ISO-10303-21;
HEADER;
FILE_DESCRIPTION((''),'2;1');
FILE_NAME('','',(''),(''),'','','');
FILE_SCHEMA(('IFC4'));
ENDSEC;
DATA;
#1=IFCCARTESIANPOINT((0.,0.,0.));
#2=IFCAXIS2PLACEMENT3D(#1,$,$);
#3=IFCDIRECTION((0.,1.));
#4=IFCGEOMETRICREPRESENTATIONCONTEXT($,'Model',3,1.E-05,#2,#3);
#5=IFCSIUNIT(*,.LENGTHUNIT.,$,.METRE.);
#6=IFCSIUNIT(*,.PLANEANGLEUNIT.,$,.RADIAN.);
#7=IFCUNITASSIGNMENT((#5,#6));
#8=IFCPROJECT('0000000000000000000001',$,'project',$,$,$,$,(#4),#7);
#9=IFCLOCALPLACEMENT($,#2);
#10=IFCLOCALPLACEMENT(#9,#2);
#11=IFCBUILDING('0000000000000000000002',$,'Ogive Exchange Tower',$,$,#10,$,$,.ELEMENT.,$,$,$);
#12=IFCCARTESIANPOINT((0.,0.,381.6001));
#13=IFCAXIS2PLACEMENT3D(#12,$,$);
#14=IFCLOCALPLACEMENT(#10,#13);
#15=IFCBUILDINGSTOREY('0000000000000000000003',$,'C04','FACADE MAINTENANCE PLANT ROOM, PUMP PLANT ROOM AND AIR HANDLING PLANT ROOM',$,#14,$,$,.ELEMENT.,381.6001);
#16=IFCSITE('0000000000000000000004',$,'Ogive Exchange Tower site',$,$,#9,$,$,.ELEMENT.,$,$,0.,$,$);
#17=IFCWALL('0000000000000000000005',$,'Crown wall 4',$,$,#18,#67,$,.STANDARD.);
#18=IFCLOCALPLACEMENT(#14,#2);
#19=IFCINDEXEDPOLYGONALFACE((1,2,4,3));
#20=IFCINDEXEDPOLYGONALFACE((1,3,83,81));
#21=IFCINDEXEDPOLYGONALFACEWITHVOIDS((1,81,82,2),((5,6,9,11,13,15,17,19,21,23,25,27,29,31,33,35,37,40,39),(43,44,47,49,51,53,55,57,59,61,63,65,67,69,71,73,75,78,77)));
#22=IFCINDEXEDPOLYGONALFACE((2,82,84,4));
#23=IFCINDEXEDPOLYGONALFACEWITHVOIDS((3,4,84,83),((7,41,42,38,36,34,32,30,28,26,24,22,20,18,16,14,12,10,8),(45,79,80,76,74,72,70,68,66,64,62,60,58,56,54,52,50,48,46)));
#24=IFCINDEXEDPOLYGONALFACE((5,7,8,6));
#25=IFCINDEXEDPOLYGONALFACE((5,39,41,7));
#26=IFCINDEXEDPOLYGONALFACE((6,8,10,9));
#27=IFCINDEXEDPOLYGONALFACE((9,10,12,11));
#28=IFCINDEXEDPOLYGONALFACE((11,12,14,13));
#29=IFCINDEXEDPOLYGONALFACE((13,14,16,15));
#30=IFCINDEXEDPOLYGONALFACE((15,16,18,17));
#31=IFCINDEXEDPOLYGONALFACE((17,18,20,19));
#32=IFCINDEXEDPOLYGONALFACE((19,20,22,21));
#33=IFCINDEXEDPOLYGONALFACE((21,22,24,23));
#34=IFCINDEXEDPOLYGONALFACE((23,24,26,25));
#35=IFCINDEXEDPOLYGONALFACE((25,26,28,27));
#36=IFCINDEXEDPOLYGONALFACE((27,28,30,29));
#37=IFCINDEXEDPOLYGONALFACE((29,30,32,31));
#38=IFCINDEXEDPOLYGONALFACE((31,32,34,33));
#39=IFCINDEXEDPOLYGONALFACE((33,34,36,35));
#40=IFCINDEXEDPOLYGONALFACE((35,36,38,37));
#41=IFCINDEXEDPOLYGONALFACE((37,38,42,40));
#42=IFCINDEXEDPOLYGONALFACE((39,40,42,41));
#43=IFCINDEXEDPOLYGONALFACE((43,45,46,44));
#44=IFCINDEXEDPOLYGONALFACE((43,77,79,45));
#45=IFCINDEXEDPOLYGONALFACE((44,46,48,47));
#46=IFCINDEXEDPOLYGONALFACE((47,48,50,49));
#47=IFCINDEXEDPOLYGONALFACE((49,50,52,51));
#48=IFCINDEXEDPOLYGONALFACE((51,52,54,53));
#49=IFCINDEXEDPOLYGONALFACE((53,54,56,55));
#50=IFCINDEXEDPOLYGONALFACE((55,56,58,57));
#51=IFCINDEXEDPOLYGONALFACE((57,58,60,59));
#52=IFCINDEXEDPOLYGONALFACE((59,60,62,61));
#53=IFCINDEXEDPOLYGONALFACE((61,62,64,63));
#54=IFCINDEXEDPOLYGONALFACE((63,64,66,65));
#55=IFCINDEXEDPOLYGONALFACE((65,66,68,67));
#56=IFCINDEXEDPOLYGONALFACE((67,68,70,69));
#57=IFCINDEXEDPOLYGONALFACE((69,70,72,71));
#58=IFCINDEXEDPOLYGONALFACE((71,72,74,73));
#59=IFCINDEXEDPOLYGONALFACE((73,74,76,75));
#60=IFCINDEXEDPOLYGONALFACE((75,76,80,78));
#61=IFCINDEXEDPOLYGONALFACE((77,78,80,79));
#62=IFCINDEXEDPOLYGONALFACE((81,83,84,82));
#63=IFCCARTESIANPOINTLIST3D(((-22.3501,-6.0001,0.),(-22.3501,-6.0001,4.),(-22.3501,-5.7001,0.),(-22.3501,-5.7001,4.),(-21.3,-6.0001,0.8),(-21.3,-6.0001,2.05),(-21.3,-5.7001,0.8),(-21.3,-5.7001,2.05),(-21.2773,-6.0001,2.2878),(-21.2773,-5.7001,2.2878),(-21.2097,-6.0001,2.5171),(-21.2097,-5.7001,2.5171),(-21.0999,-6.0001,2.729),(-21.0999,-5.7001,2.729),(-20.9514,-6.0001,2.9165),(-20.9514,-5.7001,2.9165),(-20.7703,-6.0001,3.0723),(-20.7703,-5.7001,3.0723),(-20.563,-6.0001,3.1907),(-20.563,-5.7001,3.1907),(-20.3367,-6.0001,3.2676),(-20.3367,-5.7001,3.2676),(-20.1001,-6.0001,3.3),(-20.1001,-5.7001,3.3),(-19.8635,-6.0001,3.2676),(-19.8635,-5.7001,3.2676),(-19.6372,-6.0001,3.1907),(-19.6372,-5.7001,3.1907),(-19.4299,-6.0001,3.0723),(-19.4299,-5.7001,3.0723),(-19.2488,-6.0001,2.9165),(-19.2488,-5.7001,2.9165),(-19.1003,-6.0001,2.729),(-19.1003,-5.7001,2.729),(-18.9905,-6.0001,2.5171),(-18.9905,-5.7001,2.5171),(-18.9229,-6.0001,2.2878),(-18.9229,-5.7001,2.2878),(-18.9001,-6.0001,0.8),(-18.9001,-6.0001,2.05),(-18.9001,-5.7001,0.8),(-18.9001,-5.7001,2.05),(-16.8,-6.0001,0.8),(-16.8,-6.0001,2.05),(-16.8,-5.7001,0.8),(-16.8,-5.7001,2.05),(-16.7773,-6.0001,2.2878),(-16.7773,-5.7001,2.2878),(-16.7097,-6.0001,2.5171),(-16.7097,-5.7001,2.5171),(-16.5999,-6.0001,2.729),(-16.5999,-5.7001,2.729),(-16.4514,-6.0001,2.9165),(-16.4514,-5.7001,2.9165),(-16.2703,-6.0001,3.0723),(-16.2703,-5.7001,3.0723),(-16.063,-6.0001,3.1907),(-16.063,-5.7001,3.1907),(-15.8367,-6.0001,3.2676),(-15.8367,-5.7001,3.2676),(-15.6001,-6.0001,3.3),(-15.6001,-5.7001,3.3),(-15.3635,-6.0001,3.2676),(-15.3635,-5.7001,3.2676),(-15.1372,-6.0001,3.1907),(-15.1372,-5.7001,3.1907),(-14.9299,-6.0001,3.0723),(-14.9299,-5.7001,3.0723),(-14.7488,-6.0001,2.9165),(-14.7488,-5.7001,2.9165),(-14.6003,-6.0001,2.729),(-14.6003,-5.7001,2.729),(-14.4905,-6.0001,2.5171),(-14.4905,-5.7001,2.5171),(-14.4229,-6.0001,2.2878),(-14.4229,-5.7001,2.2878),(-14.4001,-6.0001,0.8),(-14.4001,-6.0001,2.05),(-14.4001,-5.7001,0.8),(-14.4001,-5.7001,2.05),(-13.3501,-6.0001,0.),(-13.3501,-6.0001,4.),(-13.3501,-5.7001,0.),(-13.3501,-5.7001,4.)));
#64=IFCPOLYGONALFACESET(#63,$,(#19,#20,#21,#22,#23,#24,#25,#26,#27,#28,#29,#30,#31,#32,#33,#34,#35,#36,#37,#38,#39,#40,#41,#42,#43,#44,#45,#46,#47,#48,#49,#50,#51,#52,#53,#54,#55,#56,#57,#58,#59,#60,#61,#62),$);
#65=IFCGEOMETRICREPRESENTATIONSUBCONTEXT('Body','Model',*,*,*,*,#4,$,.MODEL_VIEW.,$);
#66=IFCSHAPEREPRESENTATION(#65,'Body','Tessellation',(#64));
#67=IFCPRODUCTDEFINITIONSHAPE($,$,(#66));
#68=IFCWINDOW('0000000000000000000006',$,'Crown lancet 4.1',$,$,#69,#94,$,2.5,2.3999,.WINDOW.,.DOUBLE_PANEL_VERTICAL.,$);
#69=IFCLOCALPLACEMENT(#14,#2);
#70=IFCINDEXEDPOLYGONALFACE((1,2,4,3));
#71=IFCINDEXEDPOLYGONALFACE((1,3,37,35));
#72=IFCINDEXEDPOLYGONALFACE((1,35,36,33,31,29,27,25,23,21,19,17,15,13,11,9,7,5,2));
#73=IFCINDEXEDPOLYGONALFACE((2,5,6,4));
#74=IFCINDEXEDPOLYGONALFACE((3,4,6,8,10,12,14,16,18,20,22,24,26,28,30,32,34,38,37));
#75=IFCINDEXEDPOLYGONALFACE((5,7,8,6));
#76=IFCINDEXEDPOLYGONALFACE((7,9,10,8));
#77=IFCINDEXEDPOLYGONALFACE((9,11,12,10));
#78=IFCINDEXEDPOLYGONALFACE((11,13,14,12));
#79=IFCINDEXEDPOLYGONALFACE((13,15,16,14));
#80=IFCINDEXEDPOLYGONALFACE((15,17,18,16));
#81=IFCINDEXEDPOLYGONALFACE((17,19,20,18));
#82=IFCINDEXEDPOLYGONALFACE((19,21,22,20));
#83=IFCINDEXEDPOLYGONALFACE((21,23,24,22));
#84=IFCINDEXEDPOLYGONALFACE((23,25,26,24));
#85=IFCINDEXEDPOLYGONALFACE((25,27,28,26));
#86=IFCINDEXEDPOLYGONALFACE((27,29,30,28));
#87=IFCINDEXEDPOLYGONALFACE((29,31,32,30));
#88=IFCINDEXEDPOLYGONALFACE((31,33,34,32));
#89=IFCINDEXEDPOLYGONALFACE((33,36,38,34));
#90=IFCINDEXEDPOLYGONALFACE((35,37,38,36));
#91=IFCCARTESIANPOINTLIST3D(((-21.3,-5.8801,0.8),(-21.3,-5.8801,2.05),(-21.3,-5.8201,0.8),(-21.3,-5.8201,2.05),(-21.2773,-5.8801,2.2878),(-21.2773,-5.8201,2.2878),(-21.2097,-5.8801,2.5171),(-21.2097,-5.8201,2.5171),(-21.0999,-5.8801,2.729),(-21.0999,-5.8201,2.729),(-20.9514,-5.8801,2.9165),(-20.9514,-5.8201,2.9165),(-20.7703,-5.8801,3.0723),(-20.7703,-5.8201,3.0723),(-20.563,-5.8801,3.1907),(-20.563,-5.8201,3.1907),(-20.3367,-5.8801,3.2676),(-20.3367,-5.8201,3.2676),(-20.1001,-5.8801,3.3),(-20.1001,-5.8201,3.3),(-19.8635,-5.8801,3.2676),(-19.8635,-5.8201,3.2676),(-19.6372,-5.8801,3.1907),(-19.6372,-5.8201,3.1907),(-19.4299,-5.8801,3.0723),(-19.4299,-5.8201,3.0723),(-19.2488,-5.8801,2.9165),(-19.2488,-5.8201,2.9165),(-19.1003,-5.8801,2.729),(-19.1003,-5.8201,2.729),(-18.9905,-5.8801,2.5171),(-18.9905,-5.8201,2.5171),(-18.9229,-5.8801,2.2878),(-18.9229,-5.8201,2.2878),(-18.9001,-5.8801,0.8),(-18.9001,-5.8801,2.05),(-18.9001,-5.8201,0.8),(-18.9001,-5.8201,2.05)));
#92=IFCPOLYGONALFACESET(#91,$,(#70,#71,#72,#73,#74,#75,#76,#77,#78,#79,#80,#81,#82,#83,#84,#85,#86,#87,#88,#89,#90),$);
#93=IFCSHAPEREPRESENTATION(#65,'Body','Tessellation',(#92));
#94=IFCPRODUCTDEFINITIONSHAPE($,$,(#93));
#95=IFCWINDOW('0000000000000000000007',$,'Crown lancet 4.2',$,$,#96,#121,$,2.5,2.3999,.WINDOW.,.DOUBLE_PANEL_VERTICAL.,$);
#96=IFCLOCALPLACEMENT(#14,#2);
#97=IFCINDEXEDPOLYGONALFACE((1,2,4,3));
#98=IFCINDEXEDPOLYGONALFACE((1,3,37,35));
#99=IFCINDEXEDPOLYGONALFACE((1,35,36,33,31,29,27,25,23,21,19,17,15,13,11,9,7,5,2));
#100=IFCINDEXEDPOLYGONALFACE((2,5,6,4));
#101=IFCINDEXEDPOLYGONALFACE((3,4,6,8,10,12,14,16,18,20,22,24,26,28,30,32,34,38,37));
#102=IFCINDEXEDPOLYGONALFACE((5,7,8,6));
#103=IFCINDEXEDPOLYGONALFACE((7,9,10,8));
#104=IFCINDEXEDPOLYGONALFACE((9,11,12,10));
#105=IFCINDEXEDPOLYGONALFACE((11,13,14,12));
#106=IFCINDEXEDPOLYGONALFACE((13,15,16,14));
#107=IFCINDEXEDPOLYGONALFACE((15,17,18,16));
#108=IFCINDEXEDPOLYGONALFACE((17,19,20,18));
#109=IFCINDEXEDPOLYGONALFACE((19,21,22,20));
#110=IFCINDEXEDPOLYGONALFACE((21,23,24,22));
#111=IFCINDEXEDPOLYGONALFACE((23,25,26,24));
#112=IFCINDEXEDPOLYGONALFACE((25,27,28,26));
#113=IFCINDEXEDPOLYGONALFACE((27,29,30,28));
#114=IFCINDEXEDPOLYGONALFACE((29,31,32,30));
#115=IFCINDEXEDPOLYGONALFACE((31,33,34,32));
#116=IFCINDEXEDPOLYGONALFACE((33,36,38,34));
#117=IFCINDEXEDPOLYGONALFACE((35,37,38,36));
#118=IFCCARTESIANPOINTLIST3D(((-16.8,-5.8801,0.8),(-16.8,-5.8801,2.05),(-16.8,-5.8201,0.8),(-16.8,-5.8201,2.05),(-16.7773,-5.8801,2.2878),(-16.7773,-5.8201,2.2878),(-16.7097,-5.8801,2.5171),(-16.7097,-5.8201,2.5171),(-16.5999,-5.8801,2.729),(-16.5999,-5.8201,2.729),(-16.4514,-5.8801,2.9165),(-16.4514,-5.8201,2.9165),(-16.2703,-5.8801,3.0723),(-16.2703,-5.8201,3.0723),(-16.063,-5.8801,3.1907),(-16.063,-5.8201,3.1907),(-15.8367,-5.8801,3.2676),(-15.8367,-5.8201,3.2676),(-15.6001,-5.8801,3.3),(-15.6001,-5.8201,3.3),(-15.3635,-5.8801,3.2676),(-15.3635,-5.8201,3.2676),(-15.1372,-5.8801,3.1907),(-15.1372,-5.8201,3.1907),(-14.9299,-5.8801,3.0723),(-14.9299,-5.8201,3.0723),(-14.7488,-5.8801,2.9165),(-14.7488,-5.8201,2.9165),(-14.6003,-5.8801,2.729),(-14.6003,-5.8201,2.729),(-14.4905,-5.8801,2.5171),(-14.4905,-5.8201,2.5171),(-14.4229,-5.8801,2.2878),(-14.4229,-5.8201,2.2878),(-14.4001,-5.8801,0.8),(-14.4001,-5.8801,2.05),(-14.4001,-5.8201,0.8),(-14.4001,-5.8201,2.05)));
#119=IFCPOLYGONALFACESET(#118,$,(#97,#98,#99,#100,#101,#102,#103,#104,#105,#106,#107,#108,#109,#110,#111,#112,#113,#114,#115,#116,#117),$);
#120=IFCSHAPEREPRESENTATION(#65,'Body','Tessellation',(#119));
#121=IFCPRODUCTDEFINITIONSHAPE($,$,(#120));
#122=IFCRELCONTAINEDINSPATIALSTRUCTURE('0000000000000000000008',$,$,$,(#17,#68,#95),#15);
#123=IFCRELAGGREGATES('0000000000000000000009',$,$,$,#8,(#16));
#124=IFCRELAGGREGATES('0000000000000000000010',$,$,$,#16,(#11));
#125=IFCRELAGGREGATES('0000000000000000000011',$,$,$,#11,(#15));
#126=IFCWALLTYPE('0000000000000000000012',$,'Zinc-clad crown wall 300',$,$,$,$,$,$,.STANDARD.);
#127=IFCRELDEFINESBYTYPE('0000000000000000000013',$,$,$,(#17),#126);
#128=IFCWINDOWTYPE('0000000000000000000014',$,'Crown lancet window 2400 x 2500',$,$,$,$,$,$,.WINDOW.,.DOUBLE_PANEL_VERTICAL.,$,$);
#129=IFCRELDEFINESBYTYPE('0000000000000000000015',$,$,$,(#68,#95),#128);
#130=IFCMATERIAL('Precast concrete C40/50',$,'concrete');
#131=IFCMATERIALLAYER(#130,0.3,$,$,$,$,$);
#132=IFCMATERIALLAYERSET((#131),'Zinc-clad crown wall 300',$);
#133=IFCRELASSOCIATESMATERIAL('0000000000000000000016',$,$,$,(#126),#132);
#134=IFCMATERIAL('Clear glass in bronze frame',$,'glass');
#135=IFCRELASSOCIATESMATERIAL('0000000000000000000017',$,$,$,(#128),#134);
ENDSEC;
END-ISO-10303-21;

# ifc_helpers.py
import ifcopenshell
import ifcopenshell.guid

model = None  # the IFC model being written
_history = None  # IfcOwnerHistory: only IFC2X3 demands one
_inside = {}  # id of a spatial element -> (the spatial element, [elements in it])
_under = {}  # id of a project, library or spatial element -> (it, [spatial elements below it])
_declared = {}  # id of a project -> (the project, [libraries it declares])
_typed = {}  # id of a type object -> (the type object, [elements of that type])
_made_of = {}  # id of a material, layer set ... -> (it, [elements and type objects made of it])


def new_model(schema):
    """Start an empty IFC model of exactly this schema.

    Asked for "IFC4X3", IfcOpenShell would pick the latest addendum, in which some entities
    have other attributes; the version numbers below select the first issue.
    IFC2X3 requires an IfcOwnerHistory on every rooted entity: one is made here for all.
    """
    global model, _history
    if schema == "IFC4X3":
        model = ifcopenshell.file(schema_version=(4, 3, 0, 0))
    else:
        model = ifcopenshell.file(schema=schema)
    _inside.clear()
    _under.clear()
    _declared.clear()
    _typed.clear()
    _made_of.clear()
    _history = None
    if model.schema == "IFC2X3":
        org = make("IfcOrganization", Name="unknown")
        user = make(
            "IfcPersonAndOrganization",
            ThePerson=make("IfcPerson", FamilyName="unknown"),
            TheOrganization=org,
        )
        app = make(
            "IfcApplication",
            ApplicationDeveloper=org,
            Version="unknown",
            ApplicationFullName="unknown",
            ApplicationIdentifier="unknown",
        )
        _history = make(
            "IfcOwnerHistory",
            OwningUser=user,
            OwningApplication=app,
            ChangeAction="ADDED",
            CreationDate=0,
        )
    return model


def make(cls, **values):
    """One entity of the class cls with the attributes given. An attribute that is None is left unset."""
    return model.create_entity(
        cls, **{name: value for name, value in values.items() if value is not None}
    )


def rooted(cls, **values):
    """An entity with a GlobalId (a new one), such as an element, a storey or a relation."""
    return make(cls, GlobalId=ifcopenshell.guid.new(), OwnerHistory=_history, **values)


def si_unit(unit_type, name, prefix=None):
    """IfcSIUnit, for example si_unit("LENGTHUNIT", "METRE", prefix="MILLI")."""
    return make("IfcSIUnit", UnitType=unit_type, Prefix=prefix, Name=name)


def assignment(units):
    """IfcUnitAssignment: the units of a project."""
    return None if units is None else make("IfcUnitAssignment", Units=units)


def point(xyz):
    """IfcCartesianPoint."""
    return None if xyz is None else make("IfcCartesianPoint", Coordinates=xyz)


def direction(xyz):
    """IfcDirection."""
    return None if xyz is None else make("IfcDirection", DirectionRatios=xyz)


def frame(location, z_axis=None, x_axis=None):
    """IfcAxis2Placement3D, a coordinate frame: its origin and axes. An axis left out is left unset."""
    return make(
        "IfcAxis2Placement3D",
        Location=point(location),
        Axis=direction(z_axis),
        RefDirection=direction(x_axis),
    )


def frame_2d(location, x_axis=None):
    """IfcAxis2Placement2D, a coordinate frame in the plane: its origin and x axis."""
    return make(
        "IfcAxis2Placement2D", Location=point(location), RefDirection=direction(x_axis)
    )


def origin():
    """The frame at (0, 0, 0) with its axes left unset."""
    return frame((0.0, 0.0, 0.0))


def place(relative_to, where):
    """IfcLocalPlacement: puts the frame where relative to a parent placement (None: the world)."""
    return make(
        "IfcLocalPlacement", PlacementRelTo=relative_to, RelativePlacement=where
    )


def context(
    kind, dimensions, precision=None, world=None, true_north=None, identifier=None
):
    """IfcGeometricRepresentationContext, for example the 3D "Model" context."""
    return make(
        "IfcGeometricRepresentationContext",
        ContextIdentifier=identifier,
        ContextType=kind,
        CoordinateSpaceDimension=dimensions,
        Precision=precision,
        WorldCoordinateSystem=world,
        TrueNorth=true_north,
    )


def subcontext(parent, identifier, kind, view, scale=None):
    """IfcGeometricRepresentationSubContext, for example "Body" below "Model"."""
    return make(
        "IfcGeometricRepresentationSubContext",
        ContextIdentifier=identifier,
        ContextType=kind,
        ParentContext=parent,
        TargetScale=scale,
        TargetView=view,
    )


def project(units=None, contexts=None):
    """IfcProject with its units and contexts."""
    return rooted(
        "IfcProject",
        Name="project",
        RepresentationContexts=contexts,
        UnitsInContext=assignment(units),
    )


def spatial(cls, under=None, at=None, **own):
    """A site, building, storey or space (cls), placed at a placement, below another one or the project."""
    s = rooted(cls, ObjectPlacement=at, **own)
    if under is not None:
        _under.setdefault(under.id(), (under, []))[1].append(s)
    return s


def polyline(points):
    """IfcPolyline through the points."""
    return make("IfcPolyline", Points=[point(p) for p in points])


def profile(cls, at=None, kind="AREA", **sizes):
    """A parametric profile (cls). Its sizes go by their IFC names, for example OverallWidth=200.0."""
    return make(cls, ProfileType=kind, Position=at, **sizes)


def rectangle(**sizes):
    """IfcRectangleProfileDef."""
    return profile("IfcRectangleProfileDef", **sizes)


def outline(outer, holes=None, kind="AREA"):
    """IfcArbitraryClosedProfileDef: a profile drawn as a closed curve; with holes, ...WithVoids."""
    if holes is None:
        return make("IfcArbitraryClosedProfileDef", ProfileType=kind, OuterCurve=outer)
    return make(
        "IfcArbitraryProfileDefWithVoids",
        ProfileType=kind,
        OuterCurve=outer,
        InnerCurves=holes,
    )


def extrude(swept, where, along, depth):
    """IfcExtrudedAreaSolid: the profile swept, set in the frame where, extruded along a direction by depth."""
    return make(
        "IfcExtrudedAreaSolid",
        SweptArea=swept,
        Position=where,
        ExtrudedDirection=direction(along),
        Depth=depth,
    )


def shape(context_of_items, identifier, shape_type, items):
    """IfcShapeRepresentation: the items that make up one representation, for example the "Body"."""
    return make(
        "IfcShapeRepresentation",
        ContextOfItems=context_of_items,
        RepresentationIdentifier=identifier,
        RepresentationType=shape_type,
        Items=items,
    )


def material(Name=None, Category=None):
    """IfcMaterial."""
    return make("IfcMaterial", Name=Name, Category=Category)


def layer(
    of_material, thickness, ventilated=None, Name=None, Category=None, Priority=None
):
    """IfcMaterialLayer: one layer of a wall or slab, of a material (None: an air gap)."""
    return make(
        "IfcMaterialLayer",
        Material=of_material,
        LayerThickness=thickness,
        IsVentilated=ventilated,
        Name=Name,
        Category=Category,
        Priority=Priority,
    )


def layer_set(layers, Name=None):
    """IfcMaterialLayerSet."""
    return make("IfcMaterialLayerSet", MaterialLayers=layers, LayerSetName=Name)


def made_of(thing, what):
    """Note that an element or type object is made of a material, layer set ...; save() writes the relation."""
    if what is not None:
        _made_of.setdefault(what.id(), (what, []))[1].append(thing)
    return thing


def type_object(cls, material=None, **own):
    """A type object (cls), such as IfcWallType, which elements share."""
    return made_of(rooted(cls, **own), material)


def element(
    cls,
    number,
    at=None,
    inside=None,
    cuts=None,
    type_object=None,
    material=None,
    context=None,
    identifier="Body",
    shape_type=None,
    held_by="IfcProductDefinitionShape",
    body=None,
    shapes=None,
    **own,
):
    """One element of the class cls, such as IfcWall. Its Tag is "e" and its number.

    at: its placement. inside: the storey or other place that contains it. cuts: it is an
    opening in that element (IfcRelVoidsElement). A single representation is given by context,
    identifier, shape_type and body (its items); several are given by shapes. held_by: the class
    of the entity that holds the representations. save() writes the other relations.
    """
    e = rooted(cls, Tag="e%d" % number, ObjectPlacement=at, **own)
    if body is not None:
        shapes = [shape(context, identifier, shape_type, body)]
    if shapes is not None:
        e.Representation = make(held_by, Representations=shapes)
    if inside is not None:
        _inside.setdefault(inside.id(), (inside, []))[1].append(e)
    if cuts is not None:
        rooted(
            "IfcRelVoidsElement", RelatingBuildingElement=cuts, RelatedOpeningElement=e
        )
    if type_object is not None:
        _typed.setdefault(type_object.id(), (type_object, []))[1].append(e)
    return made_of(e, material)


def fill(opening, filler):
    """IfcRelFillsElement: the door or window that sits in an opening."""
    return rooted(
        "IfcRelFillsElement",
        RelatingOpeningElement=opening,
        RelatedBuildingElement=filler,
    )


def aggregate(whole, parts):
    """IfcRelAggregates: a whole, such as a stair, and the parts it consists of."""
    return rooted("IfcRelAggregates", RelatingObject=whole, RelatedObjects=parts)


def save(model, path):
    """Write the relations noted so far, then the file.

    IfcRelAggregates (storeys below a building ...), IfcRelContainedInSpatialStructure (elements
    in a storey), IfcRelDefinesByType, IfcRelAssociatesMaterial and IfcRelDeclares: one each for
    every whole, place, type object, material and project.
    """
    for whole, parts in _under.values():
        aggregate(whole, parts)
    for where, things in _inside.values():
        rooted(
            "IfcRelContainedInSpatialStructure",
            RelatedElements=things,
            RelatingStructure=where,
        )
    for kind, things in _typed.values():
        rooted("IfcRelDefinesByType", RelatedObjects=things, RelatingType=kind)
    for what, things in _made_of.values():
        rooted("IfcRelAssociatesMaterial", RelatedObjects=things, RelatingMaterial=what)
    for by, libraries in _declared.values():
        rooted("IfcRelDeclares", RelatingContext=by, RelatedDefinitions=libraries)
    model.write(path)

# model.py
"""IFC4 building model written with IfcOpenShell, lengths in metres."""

from ifc_helpers import new_model, si_unit, direction, frame, frame_2d, origin, place, context, subcontext, project, spatial, polyline, rectangle, outline, extrude, material, layer, layer_set, type_object, element, fill, save


model = new_model("IFC4")

# Units and contexts
model_context = context("Model", 3, precision=1e-05, world=origin(), true_north=direction((0.0, 1.0)))
body_context = subcontext(model_context, "Body", "Model", "MODEL_VIEW")
ifc_project = project(units=[si_unit("LENGTHUNIT", "METRE"), si_unit("PLANEANGLEUNIT", "RADIAN")], contexts=[model_context])

# Site, building, storey
site_placement = place(None, origin())
site = spatial("IfcSite", under=ifc_project, at=site_placement, Name="Ogive Exchange Tower site", CompositionType="ELEMENT", RefElevation=0.0)
building_placement = place(site_placement, origin())
building = spatial("IfcBuilding", under=site, at=building_placement, Name="Ogive Exchange Tower", CompositionType="ELEMENT")
storey_placement = place(building_placement, frame((0.0, 0.0, 381.6001)))
storey = spatial("IfcBuildingStorey", under=building, at=storey_placement, Name="C04", Description="FACADE MAINTENANCE PLANT ROOM, PUMP PLANT ROOM AND AIR HANDLING PLANT ROOM", CompositionType="ELEMENT", Elevation=381.6001)

# Shared definitions
ifc_material_1 = material(Name="Precast concrete C40/50", Category="concrete")
ifc_layer_1 = layer(ifc_material_1, 0.3)
ifc_layer_set_1 = layer_set([ifc_layer_1], Name="Zinc-clad crown wall 300")
wall_type_1 = type_object("IfcWallType", Name="Zinc-clad crown wall 300", PredefinedType="STANDARD", material=ifc_layer_set_1)

# Wall, openings, windows
wall_1_placement = place(storey_placement, frame((-22.3501, -5.8501, 0.0), z_axis=(0.0, 0.0, 1.0), x_axis=(1.0, 0.0, 0.0)))
wall_1 = element("IfcWall", 1, at=wall_1_placement, inside=storey, type_object=wall_type_1, Name="Crown wall 4", PredefinedType="STANDARD", context=body_context, shape_type="SweptSolid", body=[
    extrude(rectangle(XDim=9.0, YDim=0.3, at=frame_2d((4.5, 0.0))), origin(), (0.0, 0.0, 1.0), 4.0),
])
opening_1_placement = place(wall_1_placement, frame((1.05, 0.0, 0.8)))
opening_1 = element("IfcOpeningElement", 2, at=opening_1_placement, cuts=wall_1, PredefinedType="OPENING", context=body_context, shape_type="SweptSolid", body=[
    extrude(outline(polyline([(0.0, 0.0), (2.3999, 0.0), (2.3999, 1.25), (2.3772, 1.4878), (2.3096, 1.717), (2.1997, 1.929), (2.0513, 2.1165), (1.8701, 2.2722), (1.6628, 2.3906), (1.4365, 2.4675), (1.2, 2.5), (0.9634, 2.4675), (0.7371, 2.3906), (0.5298, 2.2722), (0.3486, 2.1165), (0.2002, 1.929), (0.0903, 1.717), (0.0227, 1.4878), (0.0, 1.25), (0.0, 0.0)])), frame((0.0, 0.1599, 0.0), z_axis=(0.0, -1.0, 0.0), x_axis=(1.0, 0.0, 0.0)), (0.0, 0.0, 1.0), 0.3201),
])
opening_2_placement = place(wall_1_placement, frame((5.55, 0.0, 0.8)))
opening_2 = element("IfcOpeningElement", 3, at=opening_2_placement, cuts=wall_1, PredefinedType="OPENING", context=body_context, shape_type="SweptSolid", body=[
    extrude(outline(polyline([(0.0, 0.0), (2.3999, 0.0), (2.3999, 1.25), (2.3772, 1.4878), (2.3096, 1.717), (2.1997, 1.929), (2.0513, 2.1165), (1.8701, 2.2722), (1.6628, 2.3906), (1.4365, 2.4675), (1.2, 2.5), (0.9634, 2.4675), (0.7371, 2.3906), (0.5298, 2.2722), (0.3486, 2.1165), (0.2002, 1.929), (0.0903, 1.717), (0.0227, 1.4878), (0.0, 1.25), (0.0, 0.0)])), frame((0.0, 0.1599, 0.0), z_axis=(0.0, -1.0, 0.0), x_axis=(1.0, 0.0, 0.0)), (0.0, 0.0, 1.0), 0.3201),
])
ifc_material_2 = material(Name="Clear glass in bronze frame", Category="glass")
window_type = type_object("IfcWindowType", Name="Crown lancet window 2400 x 2500", PartitioningType="DOUBLE_PANEL_VERTICAL", PredefinedType="WINDOW", material=ifc_material_2)
window_1_placement = place(opening_1_placement, origin())
window_1 = element("IfcWindow", 4, at=window_1_placement, inside=storey, type_object=window_type, Name="Crown lancet 4.1", OverallHeight=2.5, OverallWidth=2.3999, PartitioningType="DOUBLE_PANEL_VERTICAL", PredefinedType="WINDOW", context=body_context, shape_type="SweptSolid", body=[
    extrude(outline(polyline([(0.0, 0.0), (2.3999, 0.0), (2.3999, 1.25), (2.3772, 1.4878), (2.3096, 1.717), (2.1997, 1.929), (2.0513, 2.1165), (1.8701, 2.2722), (1.6628, 2.3906), (1.4365, 2.4675), (1.2, 2.5), (0.9634, 2.4675), (0.7371, 2.3906), (0.5298, 2.2722), (0.3486, 2.1165), (0.2002, 1.929), (0.0903, 1.717), (0.0227, 1.4878), (0.0, 1.25), (0.0, 0.0)])), frame((0.0, 0.03, 0.0), z_axis=(0.0, -1.0, 0.0), x_axis=(1.0, 0.0, 0.0)), (0.0, 0.0, 1.0), 0.0601),
])
fill(opening_1, window_1)
window_2_placement = place(opening_2_placement, origin())
window_2 = element("IfcWindow", 5, at=window_2_placement, inside=storey, type_object=window_type, Name="Crown lancet 4.2", OverallHeight=2.5, OverallWidth=2.3999, PartitioningType="DOUBLE_PANEL_VERTICAL", PredefinedType="WINDOW", context=body_context, shape_type="SweptSolid", body=[
    extrude(outline(polyline([(0.0, 0.0), (2.3999, 0.0), (2.3999, 1.25), (2.3772, 1.4878), (2.3096, 1.717), (2.1997, 1.929), (2.0513, 2.1165), (1.8701, 2.2722), (1.6628, 2.3906), (1.4365, 2.4675), (1.2, 2.5), (0.9634, 2.4675), (0.7371, 2.3906), (0.5298, 2.2722), (0.3486, 2.1165), (0.2002, 1.929), (0.0903, 1.717), (0.0227, 1.4878), (0.0, 1.25), (0.0, 0.0)])), frame((0.0, 0.03, 0.0), z_axis=(0.0, -1.0, 0.0), x_axis=(1.0, 0.0, 0.0)), (0.0, 0.0, 1.0), 0.0601),
])
fill(opening_2, window_2)

save(model, "model.ifc")
